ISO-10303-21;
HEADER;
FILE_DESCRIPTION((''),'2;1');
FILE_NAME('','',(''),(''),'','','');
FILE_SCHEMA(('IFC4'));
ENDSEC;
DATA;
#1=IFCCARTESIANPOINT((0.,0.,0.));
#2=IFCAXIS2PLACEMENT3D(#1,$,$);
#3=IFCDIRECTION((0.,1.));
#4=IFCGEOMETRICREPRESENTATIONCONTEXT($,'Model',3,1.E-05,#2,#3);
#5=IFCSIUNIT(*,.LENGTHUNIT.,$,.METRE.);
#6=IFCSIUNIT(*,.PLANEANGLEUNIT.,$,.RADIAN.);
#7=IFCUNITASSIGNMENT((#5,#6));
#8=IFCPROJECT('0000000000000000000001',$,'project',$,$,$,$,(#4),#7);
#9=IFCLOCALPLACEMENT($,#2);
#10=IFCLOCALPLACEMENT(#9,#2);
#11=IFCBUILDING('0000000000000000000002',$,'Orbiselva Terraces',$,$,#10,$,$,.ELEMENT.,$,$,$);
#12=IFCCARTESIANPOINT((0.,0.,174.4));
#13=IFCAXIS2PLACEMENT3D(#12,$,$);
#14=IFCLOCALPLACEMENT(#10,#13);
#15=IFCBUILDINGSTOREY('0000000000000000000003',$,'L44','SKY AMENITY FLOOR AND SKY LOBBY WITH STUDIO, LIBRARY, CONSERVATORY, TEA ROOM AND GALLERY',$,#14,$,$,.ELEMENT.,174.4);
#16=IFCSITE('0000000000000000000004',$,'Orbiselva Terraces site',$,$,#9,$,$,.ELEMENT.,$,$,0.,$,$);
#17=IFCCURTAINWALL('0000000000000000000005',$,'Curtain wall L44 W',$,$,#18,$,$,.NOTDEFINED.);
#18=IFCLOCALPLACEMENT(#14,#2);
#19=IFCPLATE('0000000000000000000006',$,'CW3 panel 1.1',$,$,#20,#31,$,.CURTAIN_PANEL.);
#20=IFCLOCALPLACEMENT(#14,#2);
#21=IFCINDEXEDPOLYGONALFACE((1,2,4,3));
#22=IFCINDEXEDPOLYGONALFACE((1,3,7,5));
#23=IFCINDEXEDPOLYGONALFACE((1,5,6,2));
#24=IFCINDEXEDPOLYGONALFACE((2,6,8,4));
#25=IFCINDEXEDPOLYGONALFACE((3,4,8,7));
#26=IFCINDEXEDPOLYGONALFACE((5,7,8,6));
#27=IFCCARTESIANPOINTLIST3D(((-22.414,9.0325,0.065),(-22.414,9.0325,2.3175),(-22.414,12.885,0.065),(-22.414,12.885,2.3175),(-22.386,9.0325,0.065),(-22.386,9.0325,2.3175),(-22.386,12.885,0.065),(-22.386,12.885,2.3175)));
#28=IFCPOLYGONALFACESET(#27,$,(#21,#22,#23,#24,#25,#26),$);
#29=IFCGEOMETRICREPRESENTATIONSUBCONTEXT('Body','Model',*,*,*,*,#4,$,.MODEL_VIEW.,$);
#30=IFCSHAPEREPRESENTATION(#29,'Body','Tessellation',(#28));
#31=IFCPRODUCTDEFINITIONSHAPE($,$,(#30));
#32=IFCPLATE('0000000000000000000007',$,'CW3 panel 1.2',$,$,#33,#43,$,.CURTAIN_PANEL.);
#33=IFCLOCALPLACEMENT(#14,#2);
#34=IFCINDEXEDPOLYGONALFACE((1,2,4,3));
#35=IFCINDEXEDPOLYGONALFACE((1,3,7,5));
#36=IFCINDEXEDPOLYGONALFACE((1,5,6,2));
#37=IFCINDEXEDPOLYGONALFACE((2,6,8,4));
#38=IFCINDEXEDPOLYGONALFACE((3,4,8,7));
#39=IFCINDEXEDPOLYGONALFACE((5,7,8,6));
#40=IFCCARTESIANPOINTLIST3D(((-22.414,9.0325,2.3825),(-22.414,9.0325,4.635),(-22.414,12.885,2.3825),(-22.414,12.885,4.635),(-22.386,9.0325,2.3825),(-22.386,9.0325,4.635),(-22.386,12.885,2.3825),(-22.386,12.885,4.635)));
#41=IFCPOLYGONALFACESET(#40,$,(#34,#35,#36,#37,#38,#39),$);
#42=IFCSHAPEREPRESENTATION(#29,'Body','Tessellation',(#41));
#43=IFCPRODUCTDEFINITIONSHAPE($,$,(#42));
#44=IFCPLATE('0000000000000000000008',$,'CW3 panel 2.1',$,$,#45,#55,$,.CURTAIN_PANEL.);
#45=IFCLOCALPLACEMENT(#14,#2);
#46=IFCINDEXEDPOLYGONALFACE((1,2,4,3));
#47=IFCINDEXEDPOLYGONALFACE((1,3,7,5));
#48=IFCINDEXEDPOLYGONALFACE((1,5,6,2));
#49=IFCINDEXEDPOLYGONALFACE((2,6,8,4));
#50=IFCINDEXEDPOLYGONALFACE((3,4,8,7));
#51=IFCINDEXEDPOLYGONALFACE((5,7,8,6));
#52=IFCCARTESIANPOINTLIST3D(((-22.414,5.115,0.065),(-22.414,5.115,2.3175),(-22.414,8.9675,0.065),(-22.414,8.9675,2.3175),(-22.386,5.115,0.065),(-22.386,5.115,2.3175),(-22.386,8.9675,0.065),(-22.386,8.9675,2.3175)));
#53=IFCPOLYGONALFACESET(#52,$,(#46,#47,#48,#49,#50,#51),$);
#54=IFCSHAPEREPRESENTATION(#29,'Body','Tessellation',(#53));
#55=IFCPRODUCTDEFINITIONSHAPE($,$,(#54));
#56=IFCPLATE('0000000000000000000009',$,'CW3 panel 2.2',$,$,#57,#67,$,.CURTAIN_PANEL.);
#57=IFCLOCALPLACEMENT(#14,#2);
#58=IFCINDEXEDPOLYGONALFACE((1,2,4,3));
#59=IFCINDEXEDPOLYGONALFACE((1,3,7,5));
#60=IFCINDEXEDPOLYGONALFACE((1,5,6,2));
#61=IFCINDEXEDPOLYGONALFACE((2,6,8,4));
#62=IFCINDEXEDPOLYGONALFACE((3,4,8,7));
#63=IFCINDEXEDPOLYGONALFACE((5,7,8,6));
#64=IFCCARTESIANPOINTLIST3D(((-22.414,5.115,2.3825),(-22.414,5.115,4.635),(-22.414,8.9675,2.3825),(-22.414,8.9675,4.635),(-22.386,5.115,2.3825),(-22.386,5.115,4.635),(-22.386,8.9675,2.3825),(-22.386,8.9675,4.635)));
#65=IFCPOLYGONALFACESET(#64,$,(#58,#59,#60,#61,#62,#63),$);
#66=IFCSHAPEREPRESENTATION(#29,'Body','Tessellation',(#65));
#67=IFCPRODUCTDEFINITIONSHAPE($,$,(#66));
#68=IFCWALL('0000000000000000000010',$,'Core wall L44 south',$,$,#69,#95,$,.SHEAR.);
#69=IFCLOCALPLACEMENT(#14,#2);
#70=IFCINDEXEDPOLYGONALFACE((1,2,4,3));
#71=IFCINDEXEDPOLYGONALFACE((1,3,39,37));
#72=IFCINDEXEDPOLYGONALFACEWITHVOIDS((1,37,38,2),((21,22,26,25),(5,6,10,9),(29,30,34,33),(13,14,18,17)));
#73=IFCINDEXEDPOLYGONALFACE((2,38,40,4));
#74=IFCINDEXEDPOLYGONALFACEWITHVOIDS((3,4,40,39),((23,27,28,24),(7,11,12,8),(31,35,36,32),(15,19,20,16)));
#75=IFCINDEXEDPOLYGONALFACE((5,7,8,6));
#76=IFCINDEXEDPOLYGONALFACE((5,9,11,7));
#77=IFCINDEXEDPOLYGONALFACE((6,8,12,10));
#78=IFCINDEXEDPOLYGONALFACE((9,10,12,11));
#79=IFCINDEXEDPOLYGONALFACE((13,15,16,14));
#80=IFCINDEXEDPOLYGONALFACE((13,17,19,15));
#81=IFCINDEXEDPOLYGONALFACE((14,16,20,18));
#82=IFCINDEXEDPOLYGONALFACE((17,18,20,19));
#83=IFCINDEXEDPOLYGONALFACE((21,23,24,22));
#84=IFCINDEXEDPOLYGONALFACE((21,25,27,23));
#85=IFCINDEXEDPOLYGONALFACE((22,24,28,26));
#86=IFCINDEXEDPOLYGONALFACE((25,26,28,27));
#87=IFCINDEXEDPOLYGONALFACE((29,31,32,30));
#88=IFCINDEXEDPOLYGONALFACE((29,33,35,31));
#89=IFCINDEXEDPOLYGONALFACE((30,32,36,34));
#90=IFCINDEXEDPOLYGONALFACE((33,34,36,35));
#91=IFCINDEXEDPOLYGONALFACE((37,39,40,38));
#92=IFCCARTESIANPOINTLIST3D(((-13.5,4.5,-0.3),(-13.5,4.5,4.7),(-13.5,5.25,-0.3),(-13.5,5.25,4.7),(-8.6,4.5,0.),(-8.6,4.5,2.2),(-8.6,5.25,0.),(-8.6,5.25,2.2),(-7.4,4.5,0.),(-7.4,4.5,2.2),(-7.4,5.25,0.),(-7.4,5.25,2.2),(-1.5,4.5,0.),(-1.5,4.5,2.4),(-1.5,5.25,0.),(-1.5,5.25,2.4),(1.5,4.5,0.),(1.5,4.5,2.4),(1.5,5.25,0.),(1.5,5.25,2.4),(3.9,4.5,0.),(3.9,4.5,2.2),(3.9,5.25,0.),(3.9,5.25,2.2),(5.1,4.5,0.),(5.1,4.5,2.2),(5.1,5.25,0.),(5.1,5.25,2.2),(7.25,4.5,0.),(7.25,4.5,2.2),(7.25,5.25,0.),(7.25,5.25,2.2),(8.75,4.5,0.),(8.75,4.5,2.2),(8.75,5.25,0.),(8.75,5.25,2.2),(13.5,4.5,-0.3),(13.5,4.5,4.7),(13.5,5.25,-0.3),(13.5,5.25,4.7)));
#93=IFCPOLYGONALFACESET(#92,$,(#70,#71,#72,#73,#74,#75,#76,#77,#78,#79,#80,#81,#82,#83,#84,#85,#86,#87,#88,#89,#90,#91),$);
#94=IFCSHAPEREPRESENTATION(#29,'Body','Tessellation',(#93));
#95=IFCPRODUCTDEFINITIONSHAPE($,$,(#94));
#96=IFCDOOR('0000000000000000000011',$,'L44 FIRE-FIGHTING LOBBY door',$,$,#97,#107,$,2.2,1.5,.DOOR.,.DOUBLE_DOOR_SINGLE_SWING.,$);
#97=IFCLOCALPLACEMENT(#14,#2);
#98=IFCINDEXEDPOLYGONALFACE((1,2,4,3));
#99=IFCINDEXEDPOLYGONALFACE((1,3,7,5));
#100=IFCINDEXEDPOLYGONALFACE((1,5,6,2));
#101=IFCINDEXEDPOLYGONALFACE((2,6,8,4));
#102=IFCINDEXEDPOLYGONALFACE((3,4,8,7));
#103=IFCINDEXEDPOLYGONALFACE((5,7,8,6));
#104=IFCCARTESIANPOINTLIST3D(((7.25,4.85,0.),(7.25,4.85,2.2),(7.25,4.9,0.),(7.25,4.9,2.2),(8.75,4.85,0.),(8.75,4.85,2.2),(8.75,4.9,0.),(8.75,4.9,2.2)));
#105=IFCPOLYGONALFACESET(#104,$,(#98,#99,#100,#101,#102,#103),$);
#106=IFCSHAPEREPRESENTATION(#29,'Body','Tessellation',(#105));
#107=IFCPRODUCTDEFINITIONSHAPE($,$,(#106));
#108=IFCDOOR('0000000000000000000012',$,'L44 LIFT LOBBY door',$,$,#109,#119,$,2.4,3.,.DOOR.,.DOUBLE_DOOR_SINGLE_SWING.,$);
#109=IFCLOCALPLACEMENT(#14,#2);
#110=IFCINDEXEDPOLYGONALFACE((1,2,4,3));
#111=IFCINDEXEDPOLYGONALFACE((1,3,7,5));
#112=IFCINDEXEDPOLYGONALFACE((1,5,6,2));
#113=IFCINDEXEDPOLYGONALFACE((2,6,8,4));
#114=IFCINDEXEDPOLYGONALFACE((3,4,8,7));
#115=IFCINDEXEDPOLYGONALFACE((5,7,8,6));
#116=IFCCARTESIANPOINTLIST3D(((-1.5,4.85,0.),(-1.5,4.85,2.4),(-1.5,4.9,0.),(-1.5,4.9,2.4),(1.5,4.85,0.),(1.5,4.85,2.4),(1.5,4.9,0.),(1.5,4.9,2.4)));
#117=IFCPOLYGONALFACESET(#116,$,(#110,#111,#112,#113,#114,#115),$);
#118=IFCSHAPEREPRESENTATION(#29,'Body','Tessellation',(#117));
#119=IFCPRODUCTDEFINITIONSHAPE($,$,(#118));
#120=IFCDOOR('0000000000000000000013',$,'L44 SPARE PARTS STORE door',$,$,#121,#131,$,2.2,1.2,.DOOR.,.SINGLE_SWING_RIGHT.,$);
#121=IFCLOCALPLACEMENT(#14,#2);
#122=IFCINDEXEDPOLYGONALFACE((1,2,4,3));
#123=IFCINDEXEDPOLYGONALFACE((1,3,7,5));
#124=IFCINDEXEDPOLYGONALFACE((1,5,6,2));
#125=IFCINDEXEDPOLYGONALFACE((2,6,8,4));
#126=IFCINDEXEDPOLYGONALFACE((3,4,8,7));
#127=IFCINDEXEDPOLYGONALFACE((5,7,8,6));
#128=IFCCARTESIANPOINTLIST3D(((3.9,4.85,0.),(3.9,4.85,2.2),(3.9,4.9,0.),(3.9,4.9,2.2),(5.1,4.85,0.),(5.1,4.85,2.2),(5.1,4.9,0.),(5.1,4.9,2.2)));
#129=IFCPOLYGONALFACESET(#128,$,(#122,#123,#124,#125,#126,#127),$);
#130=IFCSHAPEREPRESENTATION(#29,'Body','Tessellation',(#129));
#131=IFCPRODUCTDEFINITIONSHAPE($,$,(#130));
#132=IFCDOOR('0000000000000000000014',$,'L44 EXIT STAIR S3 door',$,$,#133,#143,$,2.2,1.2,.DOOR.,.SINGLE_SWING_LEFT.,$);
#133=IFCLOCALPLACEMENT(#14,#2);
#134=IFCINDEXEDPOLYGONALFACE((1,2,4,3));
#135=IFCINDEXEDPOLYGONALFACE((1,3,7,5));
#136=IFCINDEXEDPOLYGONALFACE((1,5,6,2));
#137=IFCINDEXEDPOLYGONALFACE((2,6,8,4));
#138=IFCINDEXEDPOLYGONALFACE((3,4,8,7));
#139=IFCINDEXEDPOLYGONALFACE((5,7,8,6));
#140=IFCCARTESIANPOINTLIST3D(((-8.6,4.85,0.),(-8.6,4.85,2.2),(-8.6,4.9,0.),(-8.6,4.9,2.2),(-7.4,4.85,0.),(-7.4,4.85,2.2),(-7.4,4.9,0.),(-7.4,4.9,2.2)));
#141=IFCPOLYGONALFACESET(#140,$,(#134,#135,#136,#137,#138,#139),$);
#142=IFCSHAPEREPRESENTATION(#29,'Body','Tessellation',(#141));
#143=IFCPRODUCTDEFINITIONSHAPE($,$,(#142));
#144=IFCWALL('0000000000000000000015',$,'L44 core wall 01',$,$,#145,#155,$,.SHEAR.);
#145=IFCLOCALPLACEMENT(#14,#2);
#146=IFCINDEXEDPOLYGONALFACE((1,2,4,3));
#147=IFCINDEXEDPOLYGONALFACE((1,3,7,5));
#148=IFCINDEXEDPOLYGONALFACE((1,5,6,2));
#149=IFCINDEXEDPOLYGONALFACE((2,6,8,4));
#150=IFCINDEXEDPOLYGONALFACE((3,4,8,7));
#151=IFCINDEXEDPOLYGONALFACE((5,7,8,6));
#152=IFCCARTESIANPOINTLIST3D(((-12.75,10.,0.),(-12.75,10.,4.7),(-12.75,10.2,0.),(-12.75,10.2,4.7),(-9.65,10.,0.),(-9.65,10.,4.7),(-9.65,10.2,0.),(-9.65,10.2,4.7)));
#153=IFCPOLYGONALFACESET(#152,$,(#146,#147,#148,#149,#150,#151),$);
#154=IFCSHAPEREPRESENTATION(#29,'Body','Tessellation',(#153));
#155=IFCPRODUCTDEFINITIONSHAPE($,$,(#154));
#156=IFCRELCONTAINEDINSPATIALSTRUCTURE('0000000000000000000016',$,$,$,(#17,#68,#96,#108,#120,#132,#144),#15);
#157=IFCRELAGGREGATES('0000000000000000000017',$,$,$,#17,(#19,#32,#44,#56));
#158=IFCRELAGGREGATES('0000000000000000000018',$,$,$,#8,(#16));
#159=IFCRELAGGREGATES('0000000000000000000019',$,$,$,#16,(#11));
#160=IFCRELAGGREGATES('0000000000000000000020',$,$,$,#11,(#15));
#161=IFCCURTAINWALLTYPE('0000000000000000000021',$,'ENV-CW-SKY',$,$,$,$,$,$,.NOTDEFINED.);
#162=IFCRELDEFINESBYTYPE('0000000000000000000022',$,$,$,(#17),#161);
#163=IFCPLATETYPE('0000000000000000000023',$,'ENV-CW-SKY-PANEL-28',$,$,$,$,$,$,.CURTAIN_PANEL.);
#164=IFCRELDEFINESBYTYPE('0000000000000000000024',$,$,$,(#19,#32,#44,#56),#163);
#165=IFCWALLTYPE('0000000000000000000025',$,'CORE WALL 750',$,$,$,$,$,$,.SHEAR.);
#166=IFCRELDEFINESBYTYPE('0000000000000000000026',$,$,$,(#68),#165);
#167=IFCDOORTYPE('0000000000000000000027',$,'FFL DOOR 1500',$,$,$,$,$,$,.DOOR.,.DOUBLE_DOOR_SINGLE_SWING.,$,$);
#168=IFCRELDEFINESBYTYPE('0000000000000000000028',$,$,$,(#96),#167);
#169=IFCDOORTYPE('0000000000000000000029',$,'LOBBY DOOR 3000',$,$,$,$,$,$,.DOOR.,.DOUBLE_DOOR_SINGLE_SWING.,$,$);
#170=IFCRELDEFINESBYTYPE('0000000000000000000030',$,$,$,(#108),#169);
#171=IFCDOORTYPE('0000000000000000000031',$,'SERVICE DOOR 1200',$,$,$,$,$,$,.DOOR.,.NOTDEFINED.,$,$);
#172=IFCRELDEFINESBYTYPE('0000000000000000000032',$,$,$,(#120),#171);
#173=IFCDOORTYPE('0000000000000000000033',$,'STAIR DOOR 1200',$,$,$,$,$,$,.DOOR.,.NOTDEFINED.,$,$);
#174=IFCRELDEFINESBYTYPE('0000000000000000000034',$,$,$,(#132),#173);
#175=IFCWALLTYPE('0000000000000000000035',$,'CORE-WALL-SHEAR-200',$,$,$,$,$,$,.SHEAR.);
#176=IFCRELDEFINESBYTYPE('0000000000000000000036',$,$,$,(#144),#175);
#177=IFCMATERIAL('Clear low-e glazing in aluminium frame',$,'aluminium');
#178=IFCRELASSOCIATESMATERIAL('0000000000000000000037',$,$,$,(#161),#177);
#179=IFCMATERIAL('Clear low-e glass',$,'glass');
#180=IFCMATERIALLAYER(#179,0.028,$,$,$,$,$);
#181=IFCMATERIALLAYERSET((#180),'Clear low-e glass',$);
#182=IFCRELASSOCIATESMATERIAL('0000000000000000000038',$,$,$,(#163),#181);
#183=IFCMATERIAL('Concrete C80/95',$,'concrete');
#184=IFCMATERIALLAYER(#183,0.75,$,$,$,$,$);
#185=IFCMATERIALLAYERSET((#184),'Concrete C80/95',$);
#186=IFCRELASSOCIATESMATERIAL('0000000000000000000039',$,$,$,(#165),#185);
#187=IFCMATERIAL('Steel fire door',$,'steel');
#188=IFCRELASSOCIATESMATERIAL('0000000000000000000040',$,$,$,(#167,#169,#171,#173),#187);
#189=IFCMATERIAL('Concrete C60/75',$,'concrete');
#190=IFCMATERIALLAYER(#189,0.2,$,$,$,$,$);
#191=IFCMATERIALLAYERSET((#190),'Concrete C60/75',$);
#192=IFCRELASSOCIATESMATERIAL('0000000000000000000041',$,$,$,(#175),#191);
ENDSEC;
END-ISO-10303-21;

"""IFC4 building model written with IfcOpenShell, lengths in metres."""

from ifc_helpers import new_model, si_unit, direction, frame, frame_2d, origin, origin_2d, place, context, subcontext, project, spatial, rectangle, extrude, material, layer, layer_set, type_object, element, fill, aggregate, save


model = new_model("IFC4")

# Units and contexts
model_context = context("Model", 3, precision=1e-05, world=origin(), true_north=direction((0.0, 1.0)))
body_context = subcontext(model_context, "Body", "Model", "MODEL_VIEW")
ifc_project = project(units=[si_unit("LENGTHUNIT", "METRE"), si_unit("PLANEANGLEUNIT", "RADIAN")], contexts=[model_context])

# Site, building, storey
site_placement = place(None, origin())
site = spatial("IfcSite", under=ifc_project, at=site_placement, Name="Orbiselva Terraces site", CompositionType="ELEMENT", RefElevation=0.0)
building_placement = place(site_placement, origin())
building = spatial("IfcBuilding", under=site, at=building_placement, Name="Orbiselva Terraces", CompositionType="ELEMENT")
storey_placement = place(building_placement, frame((0.0, 0.0, 174.4)))
storey = spatial("IfcBuildingStorey", under=building, at=storey_placement, Name="L44", Description="SKY AMENITY FLOOR AND SKY LOBBY WITH STUDIO, LIBRARY, CONSERVATORY, TEA ROOM AND GALLERY", CompositionType="ELEMENT", Elevation=174.4)

# Shared definitions
ifc_material_1 = material(Name="Concrete C60/75", Category="concrete")

# Curtain wall
ifc_material_2 = material(Name="Clear low-e glazing in aluminium frame", Category="aluminium")
curtain_wall_type = type_object("IfcCurtainWallType", Name="ENV-CW-SKY", PredefinedType="NOTDEFINED", material=ifc_material_2)
curtain_wall_1_placement = place(storey_placement, origin())
curtain_wall_1 = element("IfcCurtainWall", 1, at=curtain_wall_1_placement, inside=storey, type_object=curtain_wall_type, Name="Curtain wall L44 W", PredefinedType="NOTDEFINED")

# Plates
ifc_material_3 = material(Name="Clear low-e glass", Category="glass")
ifc_layer_1 = layer(ifc_material_3, 0.028)
ifc_layer_set_1 = layer_set([ifc_layer_1], Name="Clear low-e glass")
plate_type = type_object("IfcPlateType", Name="ENV-CW-SKY-PANEL-28", PredefinedType="CURTAIN_PANEL", material=ifc_layer_set_1)
plate_1_placement = place(storey_placement, frame((-22.4, 10.9588, 0.065), z_axis=(0.0, 0.0, 1.0), x_axis=(0.0, -1.0, 0.0)))
plate_1 = element("IfcPlate", 2, at=plate_1_placement, type_object=plate_type, Name="CW3 panel 1.1", PredefinedType="CURTAIN_PANEL", context=body_context, shape_type="SweptSolid", body=[
    extrude(rectangle(XDim=3.8525, YDim=0.028, at=origin_2d()), origin(), (0.0, 0.0, 1.0), 2.2525),
])
plate_2_placement = place(storey_placement, frame((-22.4, 10.9588, 2.3825), z_axis=(0.0, 0.0, 1.0), x_axis=(0.0, -1.0, 0.0)))
plate_2 = element("IfcPlate", 3, at=plate_2_placement, type_object=plate_type, Name="CW3 panel 1.2", PredefinedType="CURTAIN_PANEL", context=body_context, shape_type="SweptSolid", body=[
    extrude(rectangle(XDim=3.8525, YDim=0.028, at=origin_2d()), origin(), (0.0, 0.0, 1.0), 2.2525),
])
plate_3_placement = place(storey_placement, frame((-22.4, 7.0412, 0.065), z_axis=(0.0, 0.0, 1.0), x_axis=(0.0, -1.0, 0.0)))
plate_3 = element("IfcPlate", 4, at=plate_3_placement, type_object=plate_type, Name="CW3 panel 2.1", PredefinedType="CURTAIN_PANEL", context=body_context, shape_type="SweptSolid", body=[
    extrude(rectangle(XDim=3.8525, YDim=0.028, at=origin_2d()), origin(), (0.0, 0.0, 1.0), 2.2525),
])
plate_4_placement = place(storey_placement, frame((-22.4, 7.0412, 2.3825), z_axis=(0.0, 0.0, 1.0), x_axis=(0.0, -1.0, 0.0)))
plate_4 = element("IfcPlate", 5, at=plate_4_placement, type_object=plate_type, Name="CW3 panel 2.2", PredefinedType="CURTAIN_PANEL", context=body_context, shape_type="SweptSolid", body=[
    extrude(rectangle(XDim=3.8525, YDim=0.028, at=origin_2d()), origin(), (0.0, 0.0, 1.0), 2.2525),
])
aggregate(curtain_wall_1, [plate_1, plate_2, plate_3, plate_4])

# Wall, openings, doors
ifc_material_4 = material(Name="Concrete C80/95", Category="concrete")
ifc_layer_2 = layer(ifc_material_4, 0.75)
ifc_layer_set_2 = layer_set([ifc_layer_2], Name="Concrete C80/95")
wall_type_1 = type_object("IfcWallType", Name="CORE WALL 750", PredefinedType="SHEAR", material=ifc_layer_set_2)
wall_1_placement = place(storey_placement, frame((-13.5, 4.875, -0.3), z_axis=(0.0, 0.0, 1.0), x_axis=(1.0, 0.0, 0.0)))
wall_1 = element("IfcWall", 6, at=wall_1_placement, inside=storey, type_object=wall_type_1, Name="Core wall L44 south", PredefinedType="SHEAR", context=body_context, shape_type="SweptSolid", body=[
    extrude(rectangle(XDim=27.0, YDim=0.75, at=frame_2d((13.5, 0.0))), origin(), (0.0, 0.0, 1.0), 5.0),
])
opening_1_placement = place(wall_1_placement, frame((12.0, 0.0, 0.3)))
opening_1 = element("IfcOpeningElement", 7, at=opening_1_placement, cuts=wall_1, PredefinedType="OPENING", context=body_context, shape_type="SweptSolid", body=[
    extrude(rectangle(XDim=3.0, YDim=2.4, at=frame_2d((1.5, 1.2))), frame((0.0, 0.385, 0.0), z_axis=(0.0, -1.0, 0.0), x_axis=(1.0, 0.0, 0.0)), (0.0, 0.0, 1.0), 0.77),
])
opening_2_placement = place(wall_1_placement, frame((4.9, 0.0, 0.3)))
opening_2 = element("IfcOpeningElement", 8, at=opening_2_placement, cuts=wall_1, PredefinedType="OPENING", context=body_context, shape_type="SweptSolid", body=[
    extrude(rectangle(XDim=1.2, YDim=2.2, at=frame_2d((0.6, 1.1))), frame((0.0, 0.385, 0.0), z_axis=(0.0, -1.0, 0.0), x_axis=(1.0, 0.0, 0.0)), (0.0, 0.0, 1.0), 0.77),
])
opening_3_placement = place(wall_1_placement, frame((20.75, 0.0, 0.3)))
opening_3 = element("IfcOpeningElement", 9, at=opening_3_placement, cuts=wall_1, PredefinedType="OPENING", context=body_context, shape_type="SweptSolid", body=[
    extrude(rectangle(XDim=1.5, YDim=2.2, at=frame_2d((0.75, 1.1))), frame((0.0, 0.385, 0.0), z_axis=(0.0, -1.0, 0.0), x_axis=(1.0, 0.0, 0.0)), (0.0, 0.0, 1.0), 0.77),
])
opening_4_placement = place(wall_1_placement, frame((17.4, 0.0, 0.3)))
opening_4 = element("IfcOpeningElement", 10, at=opening_4_placement, cuts=wall_1, PredefinedType="OPENING", context=body_context, shape_type="SweptSolid", body=[
    extrude(rectangle(XDim=1.2, YDim=2.2, at=frame_2d((0.6, 1.1))), frame((0.0, 0.385, 0.0), z_axis=(0.0, -1.0, 0.0), x_axis=(1.0, 0.0, 0.0)), (0.0, 0.0, 1.0), 0.77),
])
ifc_material_5 = material(Name="Steel fire door", Category="steel")
door_type_1 = type_object("IfcDoorType", Name="FFL DOOR 1500", OperationType="DOUBLE_DOOR_SINGLE_SWING", PredefinedType="DOOR", material=ifc_material_5)
door_1_placement = place(opening_3_placement, frame((1.5, 0.0, 0.0), z_axis=(0.0, 0.0, 1.0), x_axis=(-1.0, 0.0, 0.0)))
door_1 = element("IfcDoor", 11, at=door_1_placement, inside=storey, type_object=door_type_1, Name="L44 FIRE-FIGHTING LOBBY door", OperationType="DOUBLE_DOOR_SINGLE_SWING", OverallHeight=2.2, OverallWidth=1.5, PredefinedType="DOOR", context=body_context, shape_type="SweptSolid", body=[
    extrude(rectangle(XDim=1.5, YDim=2.2, at=frame_2d((0.75, 1.1))), frame((0.0, 0.025, 0.0), z_axis=(0.0, -1.0, 0.0), x_axis=(1.0, 0.0, 0.0)), (0.0, 0.0, 1.0), 0.05),
])
fill(opening_3, door_1)
door_type_2 = type_object("IfcDoorType", Name="LOBBY DOOR 3000", OperationType="DOUBLE_DOOR_SINGLE_SWING", PredefinedType="DOOR", material=ifc_material_5)
door_2_placement = place(opening_1_placement, frame((3.0, 0.0, 0.0), z_axis=(0.0, 0.0, 1.0), x_axis=(-1.0, 0.0, 0.0)))
door_2 = element("IfcDoor", 12, at=door_2_placement, inside=storey, type_object=door_type_2, Name="L44 LIFT LOBBY door", OperationType="DOUBLE_DOOR_SINGLE_SWING", OverallHeight=2.4, OverallWidth=3.0, PredefinedType="DOOR", context=body_context, shape_type="SweptSolid", body=[
    extrude(rectangle(XDim=3.0, YDim=2.4, at=frame_2d((1.5, 1.2))), frame((0.0, 0.025, 0.0), z_axis=(0.0, -1.0, 0.0), x_axis=(1.0, 0.0, 0.0)), (0.0, 0.0, 1.0), 0.05),
])
fill(opening_1, door_2)
door_type_3 = type_object("IfcDoorType", Name="SERVICE DOOR 1200", OperationType="NOTDEFINED", PredefinedType="DOOR", material=ifc_material_5)
door_3_placement = place(opening_4_placement, frame((1.2, 0.0, 0.0), z_axis=(0.0, 0.0, 1.0), x_axis=(-1.0, 0.0, 0.0)))
door_3 = element("IfcDoor", 13, at=door_3_placement, inside=storey, type_object=door_type_3, Name="L44 SPARE PARTS STORE door", OperationType="SINGLE_SWING_RIGHT", OverallHeight=2.2, OverallWidth=1.2, PredefinedType="DOOR", context=body_context, shape_type="SweptSolid", body=[
    extrude(rectangle(XDim=1.2, YDim=2.2, at=frame_2d((0.6, 1.1))), frame((0.0, 0.025, 0.0), z_axis=(0.0, -1.0, 0.0), x_axis=(1.0, 0.0, 0.0)), (0.0, 0.0, 1.0), 0.05),
])
fill(opening_4, door_3)
door_type_4 = type_object("IfcDoorType", Name="STAIR DOOR 1200", OperationType="NOTDEFINED", PredefinedType="DOOR", material=ifc_material_5)
door_4_placement = place(opening_2_placement, frame((1.2, 0.0, 0.0), z_axis=(0.0, 0.0, 1.0), x_axis=(-1.0, 0.0, 0.0)))
door_4 = element("IfcDoor", 14, at=door_4_placement, inside=storey, type_object=door_type_4, Name="L44 EXIT STAIR S3 door", OperationType="SINGLE_SWING_LEFT", OverallHeight=2.2, OverallWidth=1.2, PredefinedType="DOOR", context=body_context, shape_type="SweptSolid", body=[
    extrude(rectangle(XDim=1.2, YDim=2.2, at=frame_2d((0.6, 1.1))), frame((0.0, 0.025, 0.0), z_axis=(0.0, -1.0, 0.0), x_axis=(1.0, 0.0, 0.0)), (0.0, 0.0, 1.0), 0.05),
])
fill(opening_2, door_4)

# Wall
ifc_layer_3 = layer(ifc_material_1, 0.2)
ifc_layer_set_3 = layer_set([ifc_layer_3], Name="Concrete C60/75")
wall_type_2 = type_object("IfcWallType", Name="CORE-WALL-SHEAR-200", PredefinedType="SHEAR", material=ifc_layer_set_3)
wall_2_placement = place(storey_placement, frame((-12.75, 10.1, 0.0), z_axis=(0.0, 0.0, 1.0), x_axis=(1.0, 0.0, 0.0)))
element("IfcWall", 15, at=wall_2_placement, inside=storey, type_object=wall_type_2, Name="L44 core wall 01", PredefinedType="SHEAR", context=body_context, shape_type="SweptSolid", body=[
    extrude(rectangle(XDim=3.1, YDim=0.2, at=frame_2d((1.55, 0.0))), origin(), (0.0, 0.0, 1.0), 4.7),
])

save(model, "model.ifc")
